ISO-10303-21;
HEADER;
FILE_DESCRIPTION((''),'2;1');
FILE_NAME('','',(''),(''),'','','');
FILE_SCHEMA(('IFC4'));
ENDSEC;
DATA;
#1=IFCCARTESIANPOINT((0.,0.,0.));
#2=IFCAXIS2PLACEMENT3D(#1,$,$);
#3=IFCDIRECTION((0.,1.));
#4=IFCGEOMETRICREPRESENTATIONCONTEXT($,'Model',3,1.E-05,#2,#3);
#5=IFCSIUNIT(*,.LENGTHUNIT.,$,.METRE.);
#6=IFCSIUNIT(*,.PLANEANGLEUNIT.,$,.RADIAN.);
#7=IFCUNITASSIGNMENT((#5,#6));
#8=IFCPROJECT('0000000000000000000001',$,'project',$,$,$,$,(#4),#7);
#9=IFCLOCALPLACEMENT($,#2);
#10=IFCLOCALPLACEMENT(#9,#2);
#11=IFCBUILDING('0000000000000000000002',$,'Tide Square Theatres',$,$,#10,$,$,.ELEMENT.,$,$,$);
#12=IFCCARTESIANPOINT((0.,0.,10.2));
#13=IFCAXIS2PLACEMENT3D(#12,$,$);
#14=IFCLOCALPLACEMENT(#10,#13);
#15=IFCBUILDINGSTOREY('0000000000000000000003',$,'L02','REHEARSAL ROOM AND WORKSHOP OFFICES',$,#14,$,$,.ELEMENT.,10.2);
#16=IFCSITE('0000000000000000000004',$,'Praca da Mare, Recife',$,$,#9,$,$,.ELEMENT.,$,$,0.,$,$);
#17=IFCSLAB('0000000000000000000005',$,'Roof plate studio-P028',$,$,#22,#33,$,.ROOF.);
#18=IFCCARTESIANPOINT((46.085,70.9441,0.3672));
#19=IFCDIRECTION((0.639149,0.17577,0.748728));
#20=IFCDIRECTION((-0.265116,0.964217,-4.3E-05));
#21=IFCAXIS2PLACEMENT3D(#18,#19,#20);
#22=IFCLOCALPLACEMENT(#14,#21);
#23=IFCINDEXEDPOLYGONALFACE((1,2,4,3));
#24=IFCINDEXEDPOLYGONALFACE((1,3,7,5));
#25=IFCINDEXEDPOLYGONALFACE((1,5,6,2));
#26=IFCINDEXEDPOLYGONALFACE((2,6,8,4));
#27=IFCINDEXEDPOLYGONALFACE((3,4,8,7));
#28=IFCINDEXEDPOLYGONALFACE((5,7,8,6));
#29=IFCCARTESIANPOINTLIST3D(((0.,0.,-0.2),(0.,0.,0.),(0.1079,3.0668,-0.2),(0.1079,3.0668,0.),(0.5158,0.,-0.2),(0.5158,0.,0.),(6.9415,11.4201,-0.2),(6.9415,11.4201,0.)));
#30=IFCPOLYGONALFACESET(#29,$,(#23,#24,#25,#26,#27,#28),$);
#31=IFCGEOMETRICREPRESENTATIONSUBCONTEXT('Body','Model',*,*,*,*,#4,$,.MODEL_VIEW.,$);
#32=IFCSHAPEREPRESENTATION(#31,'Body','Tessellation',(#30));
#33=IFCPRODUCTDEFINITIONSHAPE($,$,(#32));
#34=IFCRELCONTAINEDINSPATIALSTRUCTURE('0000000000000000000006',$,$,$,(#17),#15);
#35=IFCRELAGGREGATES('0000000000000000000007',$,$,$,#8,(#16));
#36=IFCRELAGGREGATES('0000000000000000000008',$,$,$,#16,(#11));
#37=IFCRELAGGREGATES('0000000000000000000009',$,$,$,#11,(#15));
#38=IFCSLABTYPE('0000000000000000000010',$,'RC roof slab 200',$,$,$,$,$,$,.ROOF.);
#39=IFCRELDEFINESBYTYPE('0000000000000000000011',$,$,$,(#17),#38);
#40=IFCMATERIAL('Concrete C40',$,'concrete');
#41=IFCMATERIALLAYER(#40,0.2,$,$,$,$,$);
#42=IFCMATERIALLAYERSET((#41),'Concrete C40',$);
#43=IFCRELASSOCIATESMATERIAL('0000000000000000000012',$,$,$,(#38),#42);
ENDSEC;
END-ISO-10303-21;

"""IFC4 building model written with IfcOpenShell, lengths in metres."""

from ifc_helpers import new_model, si_unit, direction, frame, origin, place, context, subcontext, project, spatial, polyline, outline, extrude, material, layer, layer_set, type_object, element, save


model = new_model("IFC4")

# Units and contexts
model_context = context("Model", 3, precision=1e-05, world=origin(), true_north=direction((0.0, 1.0)))
body_context = subcontext(model_context, "Body", "Model", "MODEL_VIEW")
ifc_project = project(units=[si_unit("LENGTHUNIT", "METRE"), si_unit("PLANEANGLEUNIT", "RADIAN")], contexts=[model_context])

# Site, building, storey
site_placement = place(None, origin())
site = spatial("IfcSite", under=ifc_project, at=site_placement, Name="Praca da Mare, Recife", CompositionType="ELEMENT", RefElevation=0.0)
building_placement = place(site_placement, origin())
building = spatial("IfcBuilding", under=site, at=building_placement, Name="Tide Square Theatres", CompositionType="ELEMENT")
storey_placement = place(building_placement, frame((0.0, 0.0, 10.2)))
storey = spatial("IfcBuildingStorey", under=building, at=storey_placement, Name="L02", Description="REHEARSAL ROOM AND WORKSHOP OFFICES", CompositionType="ELEMENT", Elevation=10.2)

# Slab
ifc_material_1 = material(Name="Concrete C40", Category="concrete")
ifc_layer_1 = layer(ifc_material_1, 0.2)
ifc_layer_set_1 = layer_set([ifc_layer_1], Name="Concrete C40")
slab_type = type_object("IfcSlabType", Name="RC roof slab 200", PredefinedType="ROOF", material=ifc_layer_set_1)
slab_1_placement = place(storey_placement, frame((46.085, 70.9441, 0.3672), z_axis=(0.639149, 0.17577, 0.748728), x_axis=(-0.265116, 0.964217, -0.000043)))
element("IfcSlab", 1, at=slab_1_placement, inside=storey, type_object=slab_type, Name="Roof plate studio-P028", PredefinedType="ROOF", context=body_context, shape_type="SweptSolid", body=[
    extrude(outline(polyline([(0.0, 0.0), (0.5158, 0.0), (6.9415, 11.4201), (0.1079, 3.0668), (0.0, 0.0)])), origin(), (0.0, 0.0, -1.0), 0.2),
])

save(model, "model.ifc")
